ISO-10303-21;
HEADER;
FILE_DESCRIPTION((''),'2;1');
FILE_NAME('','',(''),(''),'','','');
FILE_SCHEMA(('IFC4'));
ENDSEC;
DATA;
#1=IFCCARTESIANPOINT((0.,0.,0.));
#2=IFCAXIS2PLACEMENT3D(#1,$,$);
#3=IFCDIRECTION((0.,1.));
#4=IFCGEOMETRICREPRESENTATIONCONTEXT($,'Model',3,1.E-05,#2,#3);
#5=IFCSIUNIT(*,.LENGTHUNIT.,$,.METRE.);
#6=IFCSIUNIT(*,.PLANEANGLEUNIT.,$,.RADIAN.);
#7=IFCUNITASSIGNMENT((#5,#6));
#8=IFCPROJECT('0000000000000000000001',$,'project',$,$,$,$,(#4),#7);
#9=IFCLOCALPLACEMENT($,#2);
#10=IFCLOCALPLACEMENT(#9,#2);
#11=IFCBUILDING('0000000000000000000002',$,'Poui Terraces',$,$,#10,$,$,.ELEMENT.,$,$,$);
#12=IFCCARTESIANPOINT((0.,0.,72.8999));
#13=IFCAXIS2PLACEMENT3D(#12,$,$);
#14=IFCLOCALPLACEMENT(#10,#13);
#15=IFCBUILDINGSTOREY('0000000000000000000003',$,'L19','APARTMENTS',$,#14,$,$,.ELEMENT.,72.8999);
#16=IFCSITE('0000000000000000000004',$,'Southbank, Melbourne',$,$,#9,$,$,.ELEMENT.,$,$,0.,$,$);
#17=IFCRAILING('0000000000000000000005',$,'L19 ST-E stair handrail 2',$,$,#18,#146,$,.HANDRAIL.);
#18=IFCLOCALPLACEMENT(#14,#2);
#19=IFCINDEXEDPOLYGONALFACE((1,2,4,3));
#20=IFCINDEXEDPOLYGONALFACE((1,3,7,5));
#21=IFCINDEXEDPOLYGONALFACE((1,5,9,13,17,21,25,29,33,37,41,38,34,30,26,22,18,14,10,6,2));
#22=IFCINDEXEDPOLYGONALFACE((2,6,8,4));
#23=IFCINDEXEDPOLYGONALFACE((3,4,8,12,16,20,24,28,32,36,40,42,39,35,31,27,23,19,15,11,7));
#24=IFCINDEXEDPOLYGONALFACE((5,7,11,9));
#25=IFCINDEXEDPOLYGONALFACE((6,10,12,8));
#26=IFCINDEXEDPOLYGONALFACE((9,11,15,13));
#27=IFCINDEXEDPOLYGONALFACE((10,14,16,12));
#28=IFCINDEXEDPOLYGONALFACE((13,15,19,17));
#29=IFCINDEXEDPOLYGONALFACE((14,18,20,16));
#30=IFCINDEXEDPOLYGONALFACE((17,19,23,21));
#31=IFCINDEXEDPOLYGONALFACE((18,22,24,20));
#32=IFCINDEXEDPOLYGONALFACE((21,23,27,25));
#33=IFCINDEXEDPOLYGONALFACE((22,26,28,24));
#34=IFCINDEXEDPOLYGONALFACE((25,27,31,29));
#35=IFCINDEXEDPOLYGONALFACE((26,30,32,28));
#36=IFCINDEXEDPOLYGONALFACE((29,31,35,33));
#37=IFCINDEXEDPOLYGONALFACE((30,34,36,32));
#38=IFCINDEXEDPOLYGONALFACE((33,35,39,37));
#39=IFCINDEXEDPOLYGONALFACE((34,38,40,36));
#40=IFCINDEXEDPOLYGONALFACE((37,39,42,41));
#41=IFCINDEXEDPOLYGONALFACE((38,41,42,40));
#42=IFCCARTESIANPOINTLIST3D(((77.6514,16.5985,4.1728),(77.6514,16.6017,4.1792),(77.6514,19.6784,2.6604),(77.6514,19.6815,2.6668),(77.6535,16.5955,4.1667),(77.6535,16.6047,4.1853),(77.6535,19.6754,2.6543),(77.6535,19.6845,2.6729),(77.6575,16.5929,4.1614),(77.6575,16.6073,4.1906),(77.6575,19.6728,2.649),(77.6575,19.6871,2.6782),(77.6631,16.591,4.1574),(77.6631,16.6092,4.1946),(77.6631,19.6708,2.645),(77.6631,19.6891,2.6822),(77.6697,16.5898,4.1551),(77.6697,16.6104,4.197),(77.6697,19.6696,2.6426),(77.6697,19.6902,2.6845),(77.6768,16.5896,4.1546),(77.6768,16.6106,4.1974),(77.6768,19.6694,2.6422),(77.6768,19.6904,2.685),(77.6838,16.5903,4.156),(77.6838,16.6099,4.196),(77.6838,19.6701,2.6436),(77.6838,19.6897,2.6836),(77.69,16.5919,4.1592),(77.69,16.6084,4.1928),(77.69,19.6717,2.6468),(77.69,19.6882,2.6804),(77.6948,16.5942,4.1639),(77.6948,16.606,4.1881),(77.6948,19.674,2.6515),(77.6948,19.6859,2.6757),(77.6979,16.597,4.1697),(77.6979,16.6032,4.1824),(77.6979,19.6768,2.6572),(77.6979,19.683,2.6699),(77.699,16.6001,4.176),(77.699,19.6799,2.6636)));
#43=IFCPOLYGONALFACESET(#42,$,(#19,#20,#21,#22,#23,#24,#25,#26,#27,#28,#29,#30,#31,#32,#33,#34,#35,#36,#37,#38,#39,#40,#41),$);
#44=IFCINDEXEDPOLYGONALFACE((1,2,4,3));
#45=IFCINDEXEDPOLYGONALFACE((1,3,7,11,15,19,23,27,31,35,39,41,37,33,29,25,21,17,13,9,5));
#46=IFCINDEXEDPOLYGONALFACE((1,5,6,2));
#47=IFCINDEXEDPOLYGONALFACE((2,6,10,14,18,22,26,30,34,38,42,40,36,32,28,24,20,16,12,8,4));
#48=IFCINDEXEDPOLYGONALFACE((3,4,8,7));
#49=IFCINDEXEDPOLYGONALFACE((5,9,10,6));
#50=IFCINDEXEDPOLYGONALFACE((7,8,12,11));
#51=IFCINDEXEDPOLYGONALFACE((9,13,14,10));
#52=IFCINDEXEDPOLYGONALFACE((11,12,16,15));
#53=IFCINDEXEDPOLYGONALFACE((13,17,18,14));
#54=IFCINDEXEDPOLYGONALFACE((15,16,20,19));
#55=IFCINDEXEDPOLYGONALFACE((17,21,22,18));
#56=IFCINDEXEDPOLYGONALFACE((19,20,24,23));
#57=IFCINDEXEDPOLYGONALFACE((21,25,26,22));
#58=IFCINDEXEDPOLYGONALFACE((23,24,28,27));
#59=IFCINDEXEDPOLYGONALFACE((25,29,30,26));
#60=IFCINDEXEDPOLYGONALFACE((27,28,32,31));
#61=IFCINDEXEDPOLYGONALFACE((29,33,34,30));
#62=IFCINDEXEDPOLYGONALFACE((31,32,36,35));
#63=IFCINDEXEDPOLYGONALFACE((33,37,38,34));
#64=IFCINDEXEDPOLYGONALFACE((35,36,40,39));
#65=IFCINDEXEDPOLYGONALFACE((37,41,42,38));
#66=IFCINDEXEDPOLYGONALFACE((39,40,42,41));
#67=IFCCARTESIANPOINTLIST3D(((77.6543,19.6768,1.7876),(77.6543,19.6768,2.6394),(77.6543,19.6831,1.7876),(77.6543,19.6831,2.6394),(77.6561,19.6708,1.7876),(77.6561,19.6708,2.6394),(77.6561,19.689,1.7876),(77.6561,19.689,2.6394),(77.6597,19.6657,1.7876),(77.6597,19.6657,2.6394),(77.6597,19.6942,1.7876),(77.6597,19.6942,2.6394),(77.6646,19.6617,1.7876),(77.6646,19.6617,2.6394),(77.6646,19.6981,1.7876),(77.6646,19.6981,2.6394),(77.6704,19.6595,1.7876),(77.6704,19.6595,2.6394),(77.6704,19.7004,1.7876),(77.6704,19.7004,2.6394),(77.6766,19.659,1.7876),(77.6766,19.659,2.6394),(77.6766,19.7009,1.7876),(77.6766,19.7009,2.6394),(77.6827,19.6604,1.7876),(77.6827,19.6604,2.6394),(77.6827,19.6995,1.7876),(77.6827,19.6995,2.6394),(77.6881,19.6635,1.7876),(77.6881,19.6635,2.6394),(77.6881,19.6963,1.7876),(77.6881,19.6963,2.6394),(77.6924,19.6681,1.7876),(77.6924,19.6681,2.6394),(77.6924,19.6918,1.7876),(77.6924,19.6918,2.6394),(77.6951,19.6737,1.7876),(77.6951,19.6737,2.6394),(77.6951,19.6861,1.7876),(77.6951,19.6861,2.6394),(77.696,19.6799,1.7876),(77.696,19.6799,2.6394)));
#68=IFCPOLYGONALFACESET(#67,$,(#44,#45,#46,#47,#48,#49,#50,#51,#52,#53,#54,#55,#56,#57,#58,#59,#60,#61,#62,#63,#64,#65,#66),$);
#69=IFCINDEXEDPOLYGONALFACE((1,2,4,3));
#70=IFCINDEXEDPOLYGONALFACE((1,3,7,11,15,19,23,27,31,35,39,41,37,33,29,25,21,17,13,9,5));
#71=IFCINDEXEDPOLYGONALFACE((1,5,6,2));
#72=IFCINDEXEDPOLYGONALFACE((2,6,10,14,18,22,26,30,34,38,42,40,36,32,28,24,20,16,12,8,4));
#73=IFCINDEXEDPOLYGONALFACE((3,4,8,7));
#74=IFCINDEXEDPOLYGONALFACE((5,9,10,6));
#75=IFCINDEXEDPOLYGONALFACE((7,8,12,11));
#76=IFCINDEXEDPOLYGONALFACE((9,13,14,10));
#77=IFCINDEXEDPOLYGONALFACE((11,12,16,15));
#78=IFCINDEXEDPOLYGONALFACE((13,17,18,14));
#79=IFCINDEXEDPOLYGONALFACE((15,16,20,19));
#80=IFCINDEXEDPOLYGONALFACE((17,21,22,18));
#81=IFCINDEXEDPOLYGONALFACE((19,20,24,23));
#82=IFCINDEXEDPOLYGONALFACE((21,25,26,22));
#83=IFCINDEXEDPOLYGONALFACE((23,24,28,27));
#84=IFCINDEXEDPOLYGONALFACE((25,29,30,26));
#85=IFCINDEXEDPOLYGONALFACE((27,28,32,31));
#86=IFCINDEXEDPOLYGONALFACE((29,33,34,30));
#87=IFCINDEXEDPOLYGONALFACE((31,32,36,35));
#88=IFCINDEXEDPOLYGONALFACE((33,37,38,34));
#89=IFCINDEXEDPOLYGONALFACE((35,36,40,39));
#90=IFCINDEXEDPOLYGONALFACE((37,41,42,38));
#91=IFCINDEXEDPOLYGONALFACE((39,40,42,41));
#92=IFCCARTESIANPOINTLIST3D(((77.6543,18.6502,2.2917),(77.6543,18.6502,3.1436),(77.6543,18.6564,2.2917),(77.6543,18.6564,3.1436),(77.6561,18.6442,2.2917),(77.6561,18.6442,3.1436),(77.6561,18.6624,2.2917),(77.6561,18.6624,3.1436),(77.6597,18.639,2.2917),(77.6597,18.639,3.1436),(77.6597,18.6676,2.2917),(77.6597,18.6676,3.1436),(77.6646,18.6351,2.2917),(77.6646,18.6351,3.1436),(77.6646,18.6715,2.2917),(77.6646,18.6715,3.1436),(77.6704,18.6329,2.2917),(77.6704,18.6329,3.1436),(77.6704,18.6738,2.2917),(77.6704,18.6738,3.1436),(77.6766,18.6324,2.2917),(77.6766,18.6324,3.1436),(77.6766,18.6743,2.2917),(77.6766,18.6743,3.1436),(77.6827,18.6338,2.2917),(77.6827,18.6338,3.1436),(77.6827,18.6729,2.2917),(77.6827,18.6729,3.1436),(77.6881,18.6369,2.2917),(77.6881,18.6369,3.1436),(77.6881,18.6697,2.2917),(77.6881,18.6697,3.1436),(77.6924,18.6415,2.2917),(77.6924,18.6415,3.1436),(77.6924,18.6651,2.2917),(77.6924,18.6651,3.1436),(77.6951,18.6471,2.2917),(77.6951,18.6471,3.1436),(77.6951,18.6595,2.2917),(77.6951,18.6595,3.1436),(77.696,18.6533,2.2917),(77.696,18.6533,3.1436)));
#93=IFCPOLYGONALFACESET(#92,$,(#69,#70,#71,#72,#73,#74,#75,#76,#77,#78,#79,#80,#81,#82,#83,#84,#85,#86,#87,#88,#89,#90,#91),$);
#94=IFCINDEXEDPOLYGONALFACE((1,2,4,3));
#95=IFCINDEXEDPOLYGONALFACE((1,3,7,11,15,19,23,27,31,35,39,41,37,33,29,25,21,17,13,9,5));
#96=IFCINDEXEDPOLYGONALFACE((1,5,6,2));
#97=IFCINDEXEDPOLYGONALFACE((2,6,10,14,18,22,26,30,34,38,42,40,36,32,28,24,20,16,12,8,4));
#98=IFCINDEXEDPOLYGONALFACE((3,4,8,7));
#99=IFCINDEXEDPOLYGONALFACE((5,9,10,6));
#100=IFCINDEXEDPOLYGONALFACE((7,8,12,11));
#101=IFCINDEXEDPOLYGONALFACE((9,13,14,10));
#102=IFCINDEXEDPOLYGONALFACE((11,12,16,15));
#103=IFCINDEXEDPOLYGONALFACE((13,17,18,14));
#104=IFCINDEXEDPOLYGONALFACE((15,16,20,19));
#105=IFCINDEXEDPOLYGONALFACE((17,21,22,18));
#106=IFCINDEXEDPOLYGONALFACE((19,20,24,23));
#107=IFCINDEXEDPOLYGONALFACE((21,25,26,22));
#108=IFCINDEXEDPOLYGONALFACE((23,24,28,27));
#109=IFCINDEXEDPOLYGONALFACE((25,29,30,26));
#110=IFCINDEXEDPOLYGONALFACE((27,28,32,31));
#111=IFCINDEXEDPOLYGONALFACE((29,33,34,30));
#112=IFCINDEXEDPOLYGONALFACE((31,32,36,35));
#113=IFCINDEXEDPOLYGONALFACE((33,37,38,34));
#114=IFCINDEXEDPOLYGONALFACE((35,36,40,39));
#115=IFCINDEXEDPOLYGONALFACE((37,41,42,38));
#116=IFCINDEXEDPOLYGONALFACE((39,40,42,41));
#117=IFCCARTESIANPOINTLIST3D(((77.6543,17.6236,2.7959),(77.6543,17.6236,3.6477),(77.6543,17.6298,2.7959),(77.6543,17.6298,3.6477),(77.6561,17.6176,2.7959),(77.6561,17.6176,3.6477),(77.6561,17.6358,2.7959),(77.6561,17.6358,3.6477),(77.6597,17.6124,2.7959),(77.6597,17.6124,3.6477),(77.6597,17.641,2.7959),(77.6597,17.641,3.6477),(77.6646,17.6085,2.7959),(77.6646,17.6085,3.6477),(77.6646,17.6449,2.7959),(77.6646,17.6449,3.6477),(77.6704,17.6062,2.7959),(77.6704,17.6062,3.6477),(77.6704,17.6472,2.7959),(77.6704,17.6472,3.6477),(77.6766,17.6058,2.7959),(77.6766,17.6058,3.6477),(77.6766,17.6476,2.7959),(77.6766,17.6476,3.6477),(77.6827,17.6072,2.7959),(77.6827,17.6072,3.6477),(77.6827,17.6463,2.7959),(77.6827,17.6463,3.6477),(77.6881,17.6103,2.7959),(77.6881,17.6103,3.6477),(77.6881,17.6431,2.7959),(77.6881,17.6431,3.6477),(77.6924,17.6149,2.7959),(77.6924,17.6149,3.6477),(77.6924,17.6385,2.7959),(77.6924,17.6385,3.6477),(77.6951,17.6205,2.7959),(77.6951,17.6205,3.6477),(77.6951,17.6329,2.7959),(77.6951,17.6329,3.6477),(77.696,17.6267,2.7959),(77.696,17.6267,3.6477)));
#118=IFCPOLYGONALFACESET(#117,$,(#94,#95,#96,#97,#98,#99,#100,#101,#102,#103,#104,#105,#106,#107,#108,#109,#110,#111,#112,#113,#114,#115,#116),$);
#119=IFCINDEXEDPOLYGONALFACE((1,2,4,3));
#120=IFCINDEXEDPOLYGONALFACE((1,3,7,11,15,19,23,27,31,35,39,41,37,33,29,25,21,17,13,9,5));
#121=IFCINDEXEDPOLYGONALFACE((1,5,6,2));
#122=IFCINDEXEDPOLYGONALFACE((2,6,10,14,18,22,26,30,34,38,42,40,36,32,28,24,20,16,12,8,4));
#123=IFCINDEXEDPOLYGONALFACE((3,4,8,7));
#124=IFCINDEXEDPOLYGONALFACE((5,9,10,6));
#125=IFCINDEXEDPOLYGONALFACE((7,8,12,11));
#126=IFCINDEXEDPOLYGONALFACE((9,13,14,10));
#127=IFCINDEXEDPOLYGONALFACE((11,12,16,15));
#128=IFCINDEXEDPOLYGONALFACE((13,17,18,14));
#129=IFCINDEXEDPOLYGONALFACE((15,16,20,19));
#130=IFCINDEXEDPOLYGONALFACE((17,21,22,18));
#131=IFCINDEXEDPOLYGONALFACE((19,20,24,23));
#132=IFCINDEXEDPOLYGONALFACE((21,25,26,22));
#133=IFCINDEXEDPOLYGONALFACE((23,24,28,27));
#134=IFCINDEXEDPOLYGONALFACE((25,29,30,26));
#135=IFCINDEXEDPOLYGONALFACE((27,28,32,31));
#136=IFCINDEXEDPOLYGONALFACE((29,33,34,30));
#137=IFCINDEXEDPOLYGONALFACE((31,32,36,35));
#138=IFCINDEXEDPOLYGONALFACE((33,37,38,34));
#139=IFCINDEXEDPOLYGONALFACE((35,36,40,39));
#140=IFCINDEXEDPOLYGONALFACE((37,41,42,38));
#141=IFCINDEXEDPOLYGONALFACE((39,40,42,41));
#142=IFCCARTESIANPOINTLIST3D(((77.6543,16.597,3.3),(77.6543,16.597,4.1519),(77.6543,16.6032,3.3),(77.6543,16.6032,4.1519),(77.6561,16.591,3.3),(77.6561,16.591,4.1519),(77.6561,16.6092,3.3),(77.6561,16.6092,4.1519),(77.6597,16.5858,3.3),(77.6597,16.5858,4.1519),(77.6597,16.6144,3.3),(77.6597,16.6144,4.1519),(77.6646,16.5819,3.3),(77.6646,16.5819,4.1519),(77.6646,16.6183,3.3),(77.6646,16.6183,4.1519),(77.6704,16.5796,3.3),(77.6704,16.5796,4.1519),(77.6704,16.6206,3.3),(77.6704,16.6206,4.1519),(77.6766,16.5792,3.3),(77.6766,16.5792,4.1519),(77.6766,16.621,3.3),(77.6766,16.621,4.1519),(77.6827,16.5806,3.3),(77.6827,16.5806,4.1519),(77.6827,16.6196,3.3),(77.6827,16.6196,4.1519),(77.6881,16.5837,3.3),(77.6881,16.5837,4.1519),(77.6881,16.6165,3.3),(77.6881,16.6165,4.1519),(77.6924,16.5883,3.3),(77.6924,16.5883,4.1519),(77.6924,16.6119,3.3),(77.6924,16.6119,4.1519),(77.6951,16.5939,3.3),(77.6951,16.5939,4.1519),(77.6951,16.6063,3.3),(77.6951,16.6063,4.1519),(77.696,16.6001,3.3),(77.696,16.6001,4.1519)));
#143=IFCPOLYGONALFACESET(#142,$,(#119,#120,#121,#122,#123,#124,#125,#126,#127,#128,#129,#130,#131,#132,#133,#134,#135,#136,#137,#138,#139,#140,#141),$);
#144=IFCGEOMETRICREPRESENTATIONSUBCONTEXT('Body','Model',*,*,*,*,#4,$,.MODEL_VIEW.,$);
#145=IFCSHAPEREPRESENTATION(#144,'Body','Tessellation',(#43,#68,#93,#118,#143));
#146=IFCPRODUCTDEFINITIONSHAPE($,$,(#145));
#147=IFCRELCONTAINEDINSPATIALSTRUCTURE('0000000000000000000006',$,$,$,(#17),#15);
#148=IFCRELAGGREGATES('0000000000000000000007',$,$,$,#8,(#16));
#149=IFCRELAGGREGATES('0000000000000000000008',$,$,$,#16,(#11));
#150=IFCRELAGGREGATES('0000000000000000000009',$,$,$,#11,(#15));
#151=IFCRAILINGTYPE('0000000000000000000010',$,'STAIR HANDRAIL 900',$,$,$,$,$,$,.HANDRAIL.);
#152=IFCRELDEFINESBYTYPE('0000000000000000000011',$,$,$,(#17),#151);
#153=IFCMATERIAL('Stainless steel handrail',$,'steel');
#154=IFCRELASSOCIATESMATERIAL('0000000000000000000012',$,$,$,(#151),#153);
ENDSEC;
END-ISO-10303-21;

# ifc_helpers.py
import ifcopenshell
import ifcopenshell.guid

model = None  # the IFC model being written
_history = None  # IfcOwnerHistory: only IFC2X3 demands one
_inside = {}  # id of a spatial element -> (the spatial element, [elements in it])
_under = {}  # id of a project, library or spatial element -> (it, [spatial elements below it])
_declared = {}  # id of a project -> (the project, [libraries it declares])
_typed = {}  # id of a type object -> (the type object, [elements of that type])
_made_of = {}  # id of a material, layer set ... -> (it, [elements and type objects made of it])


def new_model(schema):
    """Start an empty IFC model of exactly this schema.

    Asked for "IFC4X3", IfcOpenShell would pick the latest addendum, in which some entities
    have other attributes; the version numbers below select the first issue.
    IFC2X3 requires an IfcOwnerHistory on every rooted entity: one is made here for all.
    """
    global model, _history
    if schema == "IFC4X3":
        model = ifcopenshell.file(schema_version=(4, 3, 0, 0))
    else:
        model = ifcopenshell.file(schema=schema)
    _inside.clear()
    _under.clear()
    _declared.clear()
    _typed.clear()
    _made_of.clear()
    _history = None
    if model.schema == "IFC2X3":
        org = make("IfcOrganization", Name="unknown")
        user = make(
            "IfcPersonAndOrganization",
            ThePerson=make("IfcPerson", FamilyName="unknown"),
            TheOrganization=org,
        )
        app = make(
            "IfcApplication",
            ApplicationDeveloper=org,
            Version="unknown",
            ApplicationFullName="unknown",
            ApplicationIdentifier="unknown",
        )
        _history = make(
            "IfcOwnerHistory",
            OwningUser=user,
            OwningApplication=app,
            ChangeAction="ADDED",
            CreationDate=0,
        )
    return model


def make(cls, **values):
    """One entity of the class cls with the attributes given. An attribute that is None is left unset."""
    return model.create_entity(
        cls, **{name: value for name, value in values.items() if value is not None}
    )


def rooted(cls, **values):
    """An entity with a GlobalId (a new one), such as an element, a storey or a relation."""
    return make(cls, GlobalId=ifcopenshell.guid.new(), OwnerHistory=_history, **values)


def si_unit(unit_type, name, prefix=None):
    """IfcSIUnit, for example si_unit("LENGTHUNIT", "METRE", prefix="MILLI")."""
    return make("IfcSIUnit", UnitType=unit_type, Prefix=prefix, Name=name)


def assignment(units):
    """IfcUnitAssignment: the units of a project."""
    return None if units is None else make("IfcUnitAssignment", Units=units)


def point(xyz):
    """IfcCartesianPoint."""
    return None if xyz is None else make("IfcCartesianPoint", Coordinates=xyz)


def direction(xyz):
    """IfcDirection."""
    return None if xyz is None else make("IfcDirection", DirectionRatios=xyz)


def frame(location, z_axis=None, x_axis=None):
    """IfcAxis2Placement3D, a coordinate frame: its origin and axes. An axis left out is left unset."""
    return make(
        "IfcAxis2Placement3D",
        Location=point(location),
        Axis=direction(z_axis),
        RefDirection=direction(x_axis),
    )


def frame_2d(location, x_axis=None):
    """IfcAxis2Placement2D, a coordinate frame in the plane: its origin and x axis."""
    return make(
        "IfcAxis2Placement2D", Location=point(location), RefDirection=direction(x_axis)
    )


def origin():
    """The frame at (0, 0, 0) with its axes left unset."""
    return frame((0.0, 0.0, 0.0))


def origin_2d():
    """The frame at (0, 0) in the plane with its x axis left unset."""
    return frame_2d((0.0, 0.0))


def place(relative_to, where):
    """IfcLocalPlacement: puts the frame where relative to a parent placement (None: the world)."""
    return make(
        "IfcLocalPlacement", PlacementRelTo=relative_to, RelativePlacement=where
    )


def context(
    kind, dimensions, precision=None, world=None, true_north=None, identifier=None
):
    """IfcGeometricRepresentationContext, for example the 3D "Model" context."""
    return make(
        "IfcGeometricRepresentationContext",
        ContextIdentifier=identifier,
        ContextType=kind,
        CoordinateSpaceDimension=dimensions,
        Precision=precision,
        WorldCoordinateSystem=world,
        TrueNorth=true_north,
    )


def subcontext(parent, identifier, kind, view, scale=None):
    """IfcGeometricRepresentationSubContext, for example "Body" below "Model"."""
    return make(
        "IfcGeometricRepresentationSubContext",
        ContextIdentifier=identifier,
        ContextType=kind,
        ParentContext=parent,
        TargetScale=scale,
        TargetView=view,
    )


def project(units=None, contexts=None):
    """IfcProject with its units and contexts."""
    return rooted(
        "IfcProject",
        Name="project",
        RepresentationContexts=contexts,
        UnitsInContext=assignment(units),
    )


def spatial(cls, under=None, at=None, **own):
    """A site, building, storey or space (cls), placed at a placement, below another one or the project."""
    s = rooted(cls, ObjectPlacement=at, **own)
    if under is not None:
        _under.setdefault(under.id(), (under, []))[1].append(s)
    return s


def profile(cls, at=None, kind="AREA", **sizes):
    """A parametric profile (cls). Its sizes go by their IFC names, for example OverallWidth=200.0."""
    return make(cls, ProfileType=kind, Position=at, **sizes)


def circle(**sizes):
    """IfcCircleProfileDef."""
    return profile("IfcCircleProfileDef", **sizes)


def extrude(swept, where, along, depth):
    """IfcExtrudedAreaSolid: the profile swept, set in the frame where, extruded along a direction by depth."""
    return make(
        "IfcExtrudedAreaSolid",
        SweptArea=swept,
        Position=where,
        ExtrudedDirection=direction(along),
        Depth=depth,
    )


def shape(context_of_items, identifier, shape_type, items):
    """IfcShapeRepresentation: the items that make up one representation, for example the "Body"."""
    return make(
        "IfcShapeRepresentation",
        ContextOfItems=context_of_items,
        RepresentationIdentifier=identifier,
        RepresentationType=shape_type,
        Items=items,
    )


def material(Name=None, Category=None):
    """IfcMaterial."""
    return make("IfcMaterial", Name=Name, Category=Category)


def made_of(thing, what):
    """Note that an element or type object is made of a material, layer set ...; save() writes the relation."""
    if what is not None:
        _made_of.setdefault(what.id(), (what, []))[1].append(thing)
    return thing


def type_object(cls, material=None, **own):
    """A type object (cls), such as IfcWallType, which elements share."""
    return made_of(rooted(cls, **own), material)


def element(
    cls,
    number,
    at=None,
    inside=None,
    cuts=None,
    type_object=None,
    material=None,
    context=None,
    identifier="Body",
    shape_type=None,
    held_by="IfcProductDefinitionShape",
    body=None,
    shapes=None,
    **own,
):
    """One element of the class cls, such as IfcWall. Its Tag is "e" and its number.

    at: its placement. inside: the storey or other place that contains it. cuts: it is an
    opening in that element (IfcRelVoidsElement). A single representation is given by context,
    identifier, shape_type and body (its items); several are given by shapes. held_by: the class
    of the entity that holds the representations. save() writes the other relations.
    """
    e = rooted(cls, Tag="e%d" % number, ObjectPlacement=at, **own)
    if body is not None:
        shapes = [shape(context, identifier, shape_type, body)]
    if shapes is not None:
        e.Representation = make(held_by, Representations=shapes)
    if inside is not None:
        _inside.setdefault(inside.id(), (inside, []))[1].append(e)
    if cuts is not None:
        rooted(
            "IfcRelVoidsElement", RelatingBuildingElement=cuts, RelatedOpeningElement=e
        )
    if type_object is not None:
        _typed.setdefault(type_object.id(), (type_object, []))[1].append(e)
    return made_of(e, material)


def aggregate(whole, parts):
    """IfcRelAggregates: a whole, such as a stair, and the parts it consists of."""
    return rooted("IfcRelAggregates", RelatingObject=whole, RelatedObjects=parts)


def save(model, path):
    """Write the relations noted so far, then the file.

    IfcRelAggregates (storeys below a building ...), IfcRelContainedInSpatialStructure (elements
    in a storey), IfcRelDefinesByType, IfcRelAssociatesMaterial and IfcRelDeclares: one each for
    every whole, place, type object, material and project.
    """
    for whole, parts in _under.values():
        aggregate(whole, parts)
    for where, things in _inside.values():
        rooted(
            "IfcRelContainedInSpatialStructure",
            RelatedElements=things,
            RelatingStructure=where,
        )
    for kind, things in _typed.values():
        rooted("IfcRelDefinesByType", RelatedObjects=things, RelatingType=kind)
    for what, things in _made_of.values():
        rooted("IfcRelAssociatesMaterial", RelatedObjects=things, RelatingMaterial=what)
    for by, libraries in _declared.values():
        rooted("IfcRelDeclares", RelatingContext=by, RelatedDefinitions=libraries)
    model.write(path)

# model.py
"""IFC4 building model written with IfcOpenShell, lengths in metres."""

from ifc_helpers import new_model, si_unit, direction, frame, origin, origin_2d, place, context, subcontext, project, spatial, circle, extrude, material, type_object, element, save


model = new_model("IFC4")

# Units and contexts
model_context = context("Model", 3, precision=1e-05, world=origin(), true_north=direction((0.0, 1.0)))
body_context = subcontext(model_context, "Body", "Model", "MODEL_VIEW")
ifc_project = project(units=[si_unit("LENGTHUNIT", "METRE"), si_unit("PLANEANGLEUNIT", "RADIAN")], contexts=[model_context])

# Site, building, storey
site_placement = place(None, origin())
site = spatial("IfcSite", under=ifc_project, at=site_placement, Name="Southbank, Melbourne", CompositionType="ELEMENT", RefElevation=0.0)
building_placement = place(site_placement, origin())
building = spatial("IfcBuilding", under=site, at=building_placement, Name="Poui Terraces", CompositionType="ELEMENT")
storey_placement = place(building_placement, frame((0.0, 0.0, 72.8999)))
storey = spatial("IfcBuildingStorey", under=building, at=storey_placement, Name="L19", Description="APARTMENTS", CompositionType="ELEMENT", Elevation=72.8999)

# Railing
ifc_material_1 = material(Name="Stainless steel handrail", Category="steel")
railing_type_1 = type_object("IfcRailingType", Name="STAIR HANDRAIL 900", PredefinedType="HANDRAIL", material=ifc_material_1)
railing_1_placement = place(storey_placement, frame((77.675, 19.6799, 1.7876)))
element("IfcRailing", 1, at=railing_1_placement, inside=storey, type_object=railing_type_1, Name="L19 ST-E stair handrail 2", PredefinedType="HANDRAIL", context=body_context, shape_type="SweptSolid", body=[
    extrude(circle(Radius=0.0239, at=origin_2d()), frame((0.0, 0.0, 0.876), z_axis=(0.0, -0.897606, 0.440798), x_axis=(1.0, 0.0, 0.0)), (0.0, 0.0, 1.0), 3.4312),
    extrude(circle(Radius=0.021, at=origin_2d()), origin(), (0.0, 0.0, 1.0), 0.8518),
    extrude(circle(Radius=0.021, at=origin_2d()), frame((0.0, -1.0266, 0.5042)), (0.0, 0.0, 1.0), 0.8518),
    extrude(circle(Radius=0.021, at=origin_2d()), frame((0.0, -2.0532, 1.0083)), (0.0, 0.0, 1.0), 0.8518),
    extrude(circle(Radius=0.021, at=origin_2d()), frame((0.0, -3.0798, 1.5125)), (0.0, 0.0, 1.0), 0.8518),
])

save(model, "model.ifc")
